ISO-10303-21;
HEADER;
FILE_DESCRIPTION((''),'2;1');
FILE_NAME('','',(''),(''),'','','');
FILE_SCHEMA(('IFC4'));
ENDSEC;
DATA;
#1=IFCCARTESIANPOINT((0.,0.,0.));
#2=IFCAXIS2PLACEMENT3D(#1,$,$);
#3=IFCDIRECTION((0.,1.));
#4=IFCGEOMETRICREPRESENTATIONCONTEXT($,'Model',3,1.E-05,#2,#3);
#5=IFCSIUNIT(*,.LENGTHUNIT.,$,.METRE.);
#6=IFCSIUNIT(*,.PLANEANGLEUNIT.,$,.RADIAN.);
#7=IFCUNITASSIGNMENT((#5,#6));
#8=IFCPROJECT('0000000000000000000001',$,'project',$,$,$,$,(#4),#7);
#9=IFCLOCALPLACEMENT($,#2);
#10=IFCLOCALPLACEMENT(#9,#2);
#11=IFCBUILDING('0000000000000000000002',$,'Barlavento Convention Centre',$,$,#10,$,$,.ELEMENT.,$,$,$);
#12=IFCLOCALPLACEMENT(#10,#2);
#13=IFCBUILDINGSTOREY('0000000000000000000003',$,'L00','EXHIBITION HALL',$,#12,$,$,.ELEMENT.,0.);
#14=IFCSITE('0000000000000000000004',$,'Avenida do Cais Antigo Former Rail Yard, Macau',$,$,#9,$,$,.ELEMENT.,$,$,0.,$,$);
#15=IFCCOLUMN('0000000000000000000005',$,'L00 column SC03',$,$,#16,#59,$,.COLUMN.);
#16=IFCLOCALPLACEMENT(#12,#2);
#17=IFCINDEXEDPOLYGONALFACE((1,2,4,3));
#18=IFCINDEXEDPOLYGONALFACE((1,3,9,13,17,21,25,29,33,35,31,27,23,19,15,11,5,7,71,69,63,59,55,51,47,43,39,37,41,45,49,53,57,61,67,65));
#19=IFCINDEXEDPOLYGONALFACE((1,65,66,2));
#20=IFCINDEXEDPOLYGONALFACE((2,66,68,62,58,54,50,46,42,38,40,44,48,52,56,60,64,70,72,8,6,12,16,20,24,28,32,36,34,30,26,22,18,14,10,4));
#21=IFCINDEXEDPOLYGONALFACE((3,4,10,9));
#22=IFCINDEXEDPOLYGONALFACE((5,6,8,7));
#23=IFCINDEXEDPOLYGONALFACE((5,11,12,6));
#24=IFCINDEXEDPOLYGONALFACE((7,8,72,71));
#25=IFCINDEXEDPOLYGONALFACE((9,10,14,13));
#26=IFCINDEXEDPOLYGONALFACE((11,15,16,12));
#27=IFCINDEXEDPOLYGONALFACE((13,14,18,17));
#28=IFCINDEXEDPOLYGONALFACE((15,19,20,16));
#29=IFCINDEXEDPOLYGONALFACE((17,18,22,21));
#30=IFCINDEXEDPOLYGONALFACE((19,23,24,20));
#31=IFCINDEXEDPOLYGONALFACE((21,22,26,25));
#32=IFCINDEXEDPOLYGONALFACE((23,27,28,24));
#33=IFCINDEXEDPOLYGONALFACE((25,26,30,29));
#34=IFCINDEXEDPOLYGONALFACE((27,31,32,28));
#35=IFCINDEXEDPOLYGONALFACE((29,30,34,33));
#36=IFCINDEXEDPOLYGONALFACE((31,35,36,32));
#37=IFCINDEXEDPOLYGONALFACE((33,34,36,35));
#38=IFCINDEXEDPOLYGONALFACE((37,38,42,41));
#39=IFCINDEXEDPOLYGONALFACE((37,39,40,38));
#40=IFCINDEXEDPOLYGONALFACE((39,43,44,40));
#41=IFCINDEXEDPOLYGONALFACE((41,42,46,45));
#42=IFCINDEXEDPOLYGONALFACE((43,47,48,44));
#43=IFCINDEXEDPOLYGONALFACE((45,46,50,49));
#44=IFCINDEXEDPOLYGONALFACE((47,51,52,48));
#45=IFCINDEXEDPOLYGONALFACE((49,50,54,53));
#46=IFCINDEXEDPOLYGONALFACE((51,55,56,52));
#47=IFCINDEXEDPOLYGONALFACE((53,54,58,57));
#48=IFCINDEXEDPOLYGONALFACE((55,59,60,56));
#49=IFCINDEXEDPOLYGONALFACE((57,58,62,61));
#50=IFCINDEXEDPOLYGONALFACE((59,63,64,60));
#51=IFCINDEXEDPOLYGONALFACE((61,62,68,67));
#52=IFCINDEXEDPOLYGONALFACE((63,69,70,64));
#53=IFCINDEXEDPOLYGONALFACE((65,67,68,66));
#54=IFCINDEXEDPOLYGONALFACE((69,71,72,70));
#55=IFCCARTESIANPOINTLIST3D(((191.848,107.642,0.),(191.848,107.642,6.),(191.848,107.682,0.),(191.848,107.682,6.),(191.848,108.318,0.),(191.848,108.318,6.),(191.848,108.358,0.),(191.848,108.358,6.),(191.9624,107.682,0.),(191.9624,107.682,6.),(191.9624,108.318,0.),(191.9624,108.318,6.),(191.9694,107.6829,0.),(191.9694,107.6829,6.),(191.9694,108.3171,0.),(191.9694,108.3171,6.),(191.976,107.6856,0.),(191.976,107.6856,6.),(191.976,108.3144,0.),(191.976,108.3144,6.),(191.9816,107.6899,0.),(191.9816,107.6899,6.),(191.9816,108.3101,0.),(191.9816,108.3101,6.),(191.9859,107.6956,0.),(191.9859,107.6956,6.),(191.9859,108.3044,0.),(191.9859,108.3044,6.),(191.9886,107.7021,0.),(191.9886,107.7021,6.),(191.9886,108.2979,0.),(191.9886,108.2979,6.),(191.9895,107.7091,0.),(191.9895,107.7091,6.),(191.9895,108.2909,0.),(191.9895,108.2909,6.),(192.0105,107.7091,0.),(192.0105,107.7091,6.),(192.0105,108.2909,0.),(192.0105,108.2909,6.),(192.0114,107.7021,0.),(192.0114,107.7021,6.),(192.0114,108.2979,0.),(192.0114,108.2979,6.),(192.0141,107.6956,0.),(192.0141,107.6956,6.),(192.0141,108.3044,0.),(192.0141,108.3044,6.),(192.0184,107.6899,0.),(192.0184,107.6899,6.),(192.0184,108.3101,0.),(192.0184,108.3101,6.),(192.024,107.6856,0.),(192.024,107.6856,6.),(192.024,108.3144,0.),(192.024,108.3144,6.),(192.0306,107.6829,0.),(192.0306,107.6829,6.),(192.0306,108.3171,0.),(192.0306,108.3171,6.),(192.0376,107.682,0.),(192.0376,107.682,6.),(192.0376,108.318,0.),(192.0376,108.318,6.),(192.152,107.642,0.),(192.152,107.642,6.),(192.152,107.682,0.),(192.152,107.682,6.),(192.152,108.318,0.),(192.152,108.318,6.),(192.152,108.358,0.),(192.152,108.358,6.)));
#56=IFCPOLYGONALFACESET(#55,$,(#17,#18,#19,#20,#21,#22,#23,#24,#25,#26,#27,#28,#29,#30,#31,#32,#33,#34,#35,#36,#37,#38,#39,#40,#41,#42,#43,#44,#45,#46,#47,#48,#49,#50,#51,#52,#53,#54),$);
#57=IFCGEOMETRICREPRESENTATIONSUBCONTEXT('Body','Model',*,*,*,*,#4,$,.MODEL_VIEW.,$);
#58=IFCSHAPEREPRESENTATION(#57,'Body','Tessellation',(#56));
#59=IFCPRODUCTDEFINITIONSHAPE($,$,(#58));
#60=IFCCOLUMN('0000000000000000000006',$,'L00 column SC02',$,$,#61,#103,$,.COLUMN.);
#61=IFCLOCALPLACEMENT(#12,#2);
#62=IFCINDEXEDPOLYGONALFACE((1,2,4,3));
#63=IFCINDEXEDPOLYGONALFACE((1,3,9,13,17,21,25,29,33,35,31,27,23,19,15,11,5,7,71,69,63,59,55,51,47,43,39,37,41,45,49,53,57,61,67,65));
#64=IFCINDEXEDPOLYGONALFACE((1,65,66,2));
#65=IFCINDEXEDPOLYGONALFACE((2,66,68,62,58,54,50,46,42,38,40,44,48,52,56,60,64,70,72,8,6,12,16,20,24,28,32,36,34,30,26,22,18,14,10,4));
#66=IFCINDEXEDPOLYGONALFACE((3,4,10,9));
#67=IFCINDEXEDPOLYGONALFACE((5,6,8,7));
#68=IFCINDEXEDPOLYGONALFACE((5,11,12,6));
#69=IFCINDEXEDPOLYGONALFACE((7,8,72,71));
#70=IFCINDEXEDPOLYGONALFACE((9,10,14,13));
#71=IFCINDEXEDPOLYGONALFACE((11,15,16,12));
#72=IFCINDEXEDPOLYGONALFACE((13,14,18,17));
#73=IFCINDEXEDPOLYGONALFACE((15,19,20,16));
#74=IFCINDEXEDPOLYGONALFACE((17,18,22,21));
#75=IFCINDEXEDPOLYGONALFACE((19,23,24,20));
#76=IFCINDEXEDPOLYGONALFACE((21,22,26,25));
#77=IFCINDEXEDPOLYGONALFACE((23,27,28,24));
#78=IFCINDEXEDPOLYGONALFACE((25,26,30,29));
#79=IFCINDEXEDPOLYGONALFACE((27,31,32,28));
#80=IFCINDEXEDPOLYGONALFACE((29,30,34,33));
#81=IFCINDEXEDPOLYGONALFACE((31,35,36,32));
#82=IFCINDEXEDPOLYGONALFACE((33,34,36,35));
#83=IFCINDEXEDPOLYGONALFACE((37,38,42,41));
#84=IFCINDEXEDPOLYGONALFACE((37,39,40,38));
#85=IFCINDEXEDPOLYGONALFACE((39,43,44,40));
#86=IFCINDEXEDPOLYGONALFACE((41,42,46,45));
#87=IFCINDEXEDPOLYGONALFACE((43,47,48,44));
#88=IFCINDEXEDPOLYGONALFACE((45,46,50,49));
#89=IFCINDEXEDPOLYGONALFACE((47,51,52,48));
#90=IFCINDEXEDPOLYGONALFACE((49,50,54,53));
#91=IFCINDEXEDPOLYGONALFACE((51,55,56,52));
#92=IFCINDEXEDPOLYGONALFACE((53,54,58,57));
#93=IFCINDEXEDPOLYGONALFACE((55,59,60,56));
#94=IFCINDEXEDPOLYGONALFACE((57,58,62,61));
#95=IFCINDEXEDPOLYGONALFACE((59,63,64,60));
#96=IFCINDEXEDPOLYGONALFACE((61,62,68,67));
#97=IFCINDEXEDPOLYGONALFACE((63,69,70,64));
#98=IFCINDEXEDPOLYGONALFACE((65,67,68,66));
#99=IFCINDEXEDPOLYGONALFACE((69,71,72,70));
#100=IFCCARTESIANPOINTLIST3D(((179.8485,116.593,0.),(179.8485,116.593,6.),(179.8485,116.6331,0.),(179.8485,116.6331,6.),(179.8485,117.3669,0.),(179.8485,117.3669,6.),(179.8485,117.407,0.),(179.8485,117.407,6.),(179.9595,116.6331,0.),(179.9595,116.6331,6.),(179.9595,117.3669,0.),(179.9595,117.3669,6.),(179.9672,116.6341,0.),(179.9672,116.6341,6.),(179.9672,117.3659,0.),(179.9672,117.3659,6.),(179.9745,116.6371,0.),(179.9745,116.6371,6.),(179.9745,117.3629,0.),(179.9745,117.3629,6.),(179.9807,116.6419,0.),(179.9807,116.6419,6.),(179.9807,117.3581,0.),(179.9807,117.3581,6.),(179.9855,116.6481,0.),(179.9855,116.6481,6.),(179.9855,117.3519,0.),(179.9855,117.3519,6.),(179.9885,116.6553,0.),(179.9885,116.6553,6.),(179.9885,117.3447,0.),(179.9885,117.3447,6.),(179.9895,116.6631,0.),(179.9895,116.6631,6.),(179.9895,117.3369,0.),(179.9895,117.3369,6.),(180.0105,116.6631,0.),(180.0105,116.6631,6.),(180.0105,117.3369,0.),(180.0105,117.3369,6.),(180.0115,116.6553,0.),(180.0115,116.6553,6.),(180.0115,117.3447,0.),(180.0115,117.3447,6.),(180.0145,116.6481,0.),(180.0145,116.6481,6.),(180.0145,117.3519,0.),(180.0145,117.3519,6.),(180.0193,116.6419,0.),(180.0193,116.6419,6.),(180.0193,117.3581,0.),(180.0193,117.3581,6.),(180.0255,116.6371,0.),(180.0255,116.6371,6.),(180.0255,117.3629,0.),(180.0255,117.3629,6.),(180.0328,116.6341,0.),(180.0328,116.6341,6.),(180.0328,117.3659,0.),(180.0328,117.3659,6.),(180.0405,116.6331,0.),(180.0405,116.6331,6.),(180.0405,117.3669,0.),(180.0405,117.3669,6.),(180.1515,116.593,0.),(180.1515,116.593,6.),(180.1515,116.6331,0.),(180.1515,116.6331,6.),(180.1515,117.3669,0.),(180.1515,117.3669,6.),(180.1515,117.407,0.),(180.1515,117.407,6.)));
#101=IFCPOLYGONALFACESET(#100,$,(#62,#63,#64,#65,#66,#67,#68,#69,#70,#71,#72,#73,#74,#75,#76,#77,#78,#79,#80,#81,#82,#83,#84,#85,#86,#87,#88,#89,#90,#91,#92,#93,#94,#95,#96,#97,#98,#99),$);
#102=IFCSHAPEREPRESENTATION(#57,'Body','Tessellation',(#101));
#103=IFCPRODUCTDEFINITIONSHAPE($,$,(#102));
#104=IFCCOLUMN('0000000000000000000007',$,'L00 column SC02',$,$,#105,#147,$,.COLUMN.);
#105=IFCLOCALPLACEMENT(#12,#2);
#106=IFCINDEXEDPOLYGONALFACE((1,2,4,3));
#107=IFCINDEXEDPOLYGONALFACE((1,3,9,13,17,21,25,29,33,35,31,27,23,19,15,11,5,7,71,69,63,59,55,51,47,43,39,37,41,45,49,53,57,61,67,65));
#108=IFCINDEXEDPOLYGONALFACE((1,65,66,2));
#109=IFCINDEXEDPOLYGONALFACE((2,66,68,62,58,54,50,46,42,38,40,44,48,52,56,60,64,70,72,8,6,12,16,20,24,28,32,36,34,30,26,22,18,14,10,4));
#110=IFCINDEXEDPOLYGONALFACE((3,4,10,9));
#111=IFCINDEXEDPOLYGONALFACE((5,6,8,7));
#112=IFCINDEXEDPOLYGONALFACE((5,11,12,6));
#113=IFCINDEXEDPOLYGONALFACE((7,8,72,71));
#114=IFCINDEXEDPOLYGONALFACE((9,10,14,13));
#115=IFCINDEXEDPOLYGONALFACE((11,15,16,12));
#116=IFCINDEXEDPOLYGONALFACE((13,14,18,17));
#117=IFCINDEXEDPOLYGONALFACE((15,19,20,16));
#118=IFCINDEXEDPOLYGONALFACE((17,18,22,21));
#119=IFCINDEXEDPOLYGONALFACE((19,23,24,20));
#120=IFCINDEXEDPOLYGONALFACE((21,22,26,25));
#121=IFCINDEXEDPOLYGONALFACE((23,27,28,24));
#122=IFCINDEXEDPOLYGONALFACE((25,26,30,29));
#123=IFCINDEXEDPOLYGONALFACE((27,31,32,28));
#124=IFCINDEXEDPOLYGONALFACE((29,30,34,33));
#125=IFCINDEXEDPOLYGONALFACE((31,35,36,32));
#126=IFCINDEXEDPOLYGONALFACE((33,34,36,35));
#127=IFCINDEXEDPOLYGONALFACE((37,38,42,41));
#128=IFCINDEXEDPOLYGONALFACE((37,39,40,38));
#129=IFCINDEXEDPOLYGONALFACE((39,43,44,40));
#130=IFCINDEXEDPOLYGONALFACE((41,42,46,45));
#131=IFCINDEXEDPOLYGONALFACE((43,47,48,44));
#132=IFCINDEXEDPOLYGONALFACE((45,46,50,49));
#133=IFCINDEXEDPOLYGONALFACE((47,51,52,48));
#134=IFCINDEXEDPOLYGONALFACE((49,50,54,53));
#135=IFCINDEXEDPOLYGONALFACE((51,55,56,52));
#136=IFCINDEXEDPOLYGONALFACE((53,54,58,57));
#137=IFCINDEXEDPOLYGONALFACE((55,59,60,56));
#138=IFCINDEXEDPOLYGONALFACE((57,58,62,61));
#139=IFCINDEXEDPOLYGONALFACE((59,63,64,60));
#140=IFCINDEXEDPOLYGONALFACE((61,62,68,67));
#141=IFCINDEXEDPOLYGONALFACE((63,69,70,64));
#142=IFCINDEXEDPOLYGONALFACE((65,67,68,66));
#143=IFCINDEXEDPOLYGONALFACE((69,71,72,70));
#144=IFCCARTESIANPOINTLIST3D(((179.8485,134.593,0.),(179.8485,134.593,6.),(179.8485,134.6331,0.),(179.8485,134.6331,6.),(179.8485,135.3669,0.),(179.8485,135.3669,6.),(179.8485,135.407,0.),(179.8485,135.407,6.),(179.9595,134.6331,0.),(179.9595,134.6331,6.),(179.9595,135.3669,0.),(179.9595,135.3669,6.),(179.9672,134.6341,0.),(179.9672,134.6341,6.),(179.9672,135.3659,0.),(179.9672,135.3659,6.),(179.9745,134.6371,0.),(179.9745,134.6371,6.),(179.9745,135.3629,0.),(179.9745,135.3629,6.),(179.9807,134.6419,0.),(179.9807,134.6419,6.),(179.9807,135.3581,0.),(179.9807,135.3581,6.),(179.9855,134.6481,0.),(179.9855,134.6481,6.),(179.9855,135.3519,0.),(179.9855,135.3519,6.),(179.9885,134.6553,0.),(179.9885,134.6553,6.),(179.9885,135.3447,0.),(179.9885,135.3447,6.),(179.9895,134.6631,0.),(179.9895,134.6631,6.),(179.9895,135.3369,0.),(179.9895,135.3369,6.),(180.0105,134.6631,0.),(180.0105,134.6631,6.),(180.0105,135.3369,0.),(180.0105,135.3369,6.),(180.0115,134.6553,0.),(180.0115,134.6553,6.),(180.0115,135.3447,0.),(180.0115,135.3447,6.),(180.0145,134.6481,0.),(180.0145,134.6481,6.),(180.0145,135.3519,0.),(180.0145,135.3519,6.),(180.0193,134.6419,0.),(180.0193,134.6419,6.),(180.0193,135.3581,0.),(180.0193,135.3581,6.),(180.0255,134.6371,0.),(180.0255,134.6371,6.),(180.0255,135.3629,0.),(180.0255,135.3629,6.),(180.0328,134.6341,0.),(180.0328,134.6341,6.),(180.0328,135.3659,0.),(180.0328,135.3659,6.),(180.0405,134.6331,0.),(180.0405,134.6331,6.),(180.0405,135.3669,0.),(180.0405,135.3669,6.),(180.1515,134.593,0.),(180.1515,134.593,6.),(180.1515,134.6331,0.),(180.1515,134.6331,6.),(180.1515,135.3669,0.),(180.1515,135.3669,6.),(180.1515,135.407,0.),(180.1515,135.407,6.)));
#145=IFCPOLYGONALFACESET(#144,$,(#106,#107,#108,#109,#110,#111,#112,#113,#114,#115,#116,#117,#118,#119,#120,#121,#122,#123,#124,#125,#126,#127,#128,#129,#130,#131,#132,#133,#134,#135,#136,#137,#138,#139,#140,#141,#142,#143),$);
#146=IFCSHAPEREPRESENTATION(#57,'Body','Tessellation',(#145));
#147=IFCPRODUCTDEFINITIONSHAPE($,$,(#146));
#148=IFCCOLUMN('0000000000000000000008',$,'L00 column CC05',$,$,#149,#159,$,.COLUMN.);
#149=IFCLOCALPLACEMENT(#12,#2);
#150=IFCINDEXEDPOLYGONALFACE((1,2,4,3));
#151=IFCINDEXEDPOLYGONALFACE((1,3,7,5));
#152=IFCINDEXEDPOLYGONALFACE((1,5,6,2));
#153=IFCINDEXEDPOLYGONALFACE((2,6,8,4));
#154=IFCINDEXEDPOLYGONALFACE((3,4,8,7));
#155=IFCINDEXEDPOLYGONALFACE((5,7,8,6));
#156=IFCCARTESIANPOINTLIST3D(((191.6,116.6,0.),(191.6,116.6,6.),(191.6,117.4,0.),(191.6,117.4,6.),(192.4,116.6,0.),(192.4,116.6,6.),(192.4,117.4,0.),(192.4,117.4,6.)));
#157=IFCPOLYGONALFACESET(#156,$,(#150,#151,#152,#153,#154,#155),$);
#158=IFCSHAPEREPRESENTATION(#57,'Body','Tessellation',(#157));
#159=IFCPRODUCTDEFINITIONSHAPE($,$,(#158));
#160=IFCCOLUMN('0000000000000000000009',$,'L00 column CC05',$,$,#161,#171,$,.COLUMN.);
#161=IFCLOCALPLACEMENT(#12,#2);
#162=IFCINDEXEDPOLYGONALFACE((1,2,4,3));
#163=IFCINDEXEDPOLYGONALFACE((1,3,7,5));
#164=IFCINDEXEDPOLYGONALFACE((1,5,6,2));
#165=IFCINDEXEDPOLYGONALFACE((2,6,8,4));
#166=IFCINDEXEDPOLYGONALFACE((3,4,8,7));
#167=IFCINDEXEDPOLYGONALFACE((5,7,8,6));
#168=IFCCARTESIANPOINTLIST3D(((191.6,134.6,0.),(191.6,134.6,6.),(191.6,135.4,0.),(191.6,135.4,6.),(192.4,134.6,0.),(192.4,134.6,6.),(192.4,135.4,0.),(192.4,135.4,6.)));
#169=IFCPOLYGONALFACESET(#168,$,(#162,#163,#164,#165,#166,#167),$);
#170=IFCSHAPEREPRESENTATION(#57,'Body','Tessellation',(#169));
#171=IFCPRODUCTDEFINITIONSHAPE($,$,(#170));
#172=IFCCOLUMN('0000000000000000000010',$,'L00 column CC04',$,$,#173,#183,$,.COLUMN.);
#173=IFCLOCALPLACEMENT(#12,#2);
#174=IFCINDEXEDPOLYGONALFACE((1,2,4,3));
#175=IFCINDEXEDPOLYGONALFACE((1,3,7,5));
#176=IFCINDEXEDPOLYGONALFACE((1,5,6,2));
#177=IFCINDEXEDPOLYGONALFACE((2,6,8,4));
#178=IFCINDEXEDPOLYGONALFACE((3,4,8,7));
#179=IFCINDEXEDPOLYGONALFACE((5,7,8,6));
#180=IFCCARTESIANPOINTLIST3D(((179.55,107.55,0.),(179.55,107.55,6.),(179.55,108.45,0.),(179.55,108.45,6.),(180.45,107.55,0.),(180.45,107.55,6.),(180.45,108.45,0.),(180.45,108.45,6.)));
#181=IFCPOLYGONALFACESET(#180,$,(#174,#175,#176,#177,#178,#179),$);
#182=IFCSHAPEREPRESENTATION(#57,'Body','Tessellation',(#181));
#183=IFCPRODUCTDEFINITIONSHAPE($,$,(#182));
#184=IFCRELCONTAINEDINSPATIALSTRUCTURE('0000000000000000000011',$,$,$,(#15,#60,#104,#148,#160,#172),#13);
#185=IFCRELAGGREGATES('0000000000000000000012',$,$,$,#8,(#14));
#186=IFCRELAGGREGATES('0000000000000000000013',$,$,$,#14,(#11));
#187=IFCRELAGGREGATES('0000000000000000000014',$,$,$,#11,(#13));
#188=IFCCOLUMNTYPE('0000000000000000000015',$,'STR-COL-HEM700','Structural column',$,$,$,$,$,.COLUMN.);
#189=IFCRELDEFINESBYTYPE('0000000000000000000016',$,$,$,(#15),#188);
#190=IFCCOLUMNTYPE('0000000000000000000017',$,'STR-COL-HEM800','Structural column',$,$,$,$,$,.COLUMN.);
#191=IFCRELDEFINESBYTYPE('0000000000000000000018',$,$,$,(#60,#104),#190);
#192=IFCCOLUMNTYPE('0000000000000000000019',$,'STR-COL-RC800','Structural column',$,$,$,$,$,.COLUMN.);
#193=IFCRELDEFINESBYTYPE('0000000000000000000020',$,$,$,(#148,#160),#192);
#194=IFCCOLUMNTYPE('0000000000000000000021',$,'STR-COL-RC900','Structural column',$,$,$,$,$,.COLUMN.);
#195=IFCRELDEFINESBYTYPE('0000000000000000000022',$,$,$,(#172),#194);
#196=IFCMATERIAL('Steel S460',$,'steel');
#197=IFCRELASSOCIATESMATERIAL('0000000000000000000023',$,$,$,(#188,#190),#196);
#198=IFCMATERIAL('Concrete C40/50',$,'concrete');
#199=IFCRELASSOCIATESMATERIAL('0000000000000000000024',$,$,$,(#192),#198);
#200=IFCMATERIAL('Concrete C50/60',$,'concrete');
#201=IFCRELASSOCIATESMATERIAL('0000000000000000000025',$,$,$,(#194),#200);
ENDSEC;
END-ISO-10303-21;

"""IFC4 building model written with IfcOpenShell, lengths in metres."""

from ifc_helpers import new_model, si_unit, direction, frame, origin, origin_2d, place, context, subcontext, project, spatial, rectangle, i_section, extrude, material, material_profile, profile_set, type_object, element, save


model = new_model("IFC4")

# Units and contexts
model_context = context("Model", 3, precision=1e-05, world=origin(), true_north=direction((0.0, 1.0)))
body_context = subcontext(model_context, "Body", "Model", "MODEL_VIEW")
ifc_project = project(units=[si_unit("LENGTHUNIT", "METRE"), si_unit("PLANEANGLEUNIT", "RADIAN")], contexts=[model_context])

# Site, building, storey
site_placement = place(None, origin())
site = spatial("IfcSite", under=ifc_project, at=site_placement, Name="Avenida do Cais Antigo Former Rail Yard, Macau", CompositionType="ELEMENT", RefElevation=0.0)
building_placement = place(site_placement, origin())
building = spatial("IfcBuilding", under=site, at=building_placement, Name="Barlavento Convention Centre", CompositionType="ELEMENT")
storey_placement = place(building_placement, origin())
storey = spatial("IfcBuildingStorey", under=building, at=storey_placement, Name="L00", Description="EXHIBITION HALL", CompositionType="ELEMENT", Elevation=0.0)

# Columns
ifc_material_1 = material(Name="Steel S460", Category="steel")
ifc_material_profile_1 = material_profile(ifc_material_1, i_section(OverallWidth=0.304, OverallDepth=0.7161, WebThickness=0.021, FlangeThickness=0.04, FilletRadius=0.0271, at=origin_2d()), Name="HEM 700")
ifc_profile_set_1 = profile_set([ifc_material_profile_1], Name="Steel S460")
column_type_1 = type_object("IfcColumnType", Name="STR-COL-HEM700", Description="Structural column", PredefinedType="COLUMN", material=ifc_profile_set_1)
column_1_placement = place(storey_placement, frame((192.0, 108.0, 0.0), z_axis=(0.0, 0.0, 1.0), x_axis=(1.0, 0.0, 0.0)))
element("IfcColumn", 1, at=column_1_placement, inside=storey, type_object=column_type_1, Name="L00 column SC03", PredefinedType="COLUMN", context=body_context, shape_type="SweptSolid", body=[
    extrude(i_section(OverallWidth=0.304, OverallDepth=0.7161, WebThickness=0.021, FlangeThickness=0.04, FilletRadius=0.0271, at=origin_2d()), origin(), (0.0, 0.0, 1.0), 6.0),
])
ifc_material_profile_2 = material_profile(ifc_material_1, i_section(OverallWidth=0.303, OverallDepth=0.814, WebThickness=0.021, FlangeThickness=0.04, FilletRadius=0.03, at=origin_2d()), Name="HEM 800")
ifc_profile_set_2 = profile_set([ifc_material_profile_2], Name="Steel S460")
column_type_2 = type_object("IfcColumnType", Name="STR-COL-HEM800", Description="Structural column", PredefinedType="COLUMN", material=ifc_profile_set_2)
for number, where, z_axis, x_axis, name in (
    (2, (180.0, 117.0, 0.0), (0.0, 0.0, 1.0), (1.0, 0.0, 0.0), "L00 column SC02"),
    (3, (180.0, 135.0, 0.0), (0.0, 0.0, 1.0), (1.0, 0.0, 0.0), "L00 column SC02"),
):
    element("IfcColumn", number, at=place(storey_placement, frame(where, z_axis=z_axis, x_axis=x_axis)), inside=storey, type_object=column_type_2, Name=name, PredefinedType="COLUMN", context=body_context, shape_type="SweptSolid", body=[
        extrude(i_section(OverallWidth=0.303, OverallDepth=0.814, WebThickness=0.021, FlangeThickness=0.04, FilletRadius=0.03, at=origin_2d()), origin(), (0.0, 0.0, 1.0), 6.0),
    ])
ifc_material_2 = material(Name="Concrete C40/50", Category="concrete")
ifc_material_profile_3 = material_profile(ifc_material_2, rectangle(XDim=0.8, YDim=0.8, at=origin_2d()), Name="RC 800x800")
ifc_profile_set_3 = profile_set([ifc_material_profile_3], Name="Concrete C40/50")
column_type_3 = type_object("IfcColumnType", Name="STR-COL-RC800", Description="Structural column", PredefinedType="COLUMN", material=ifc_profile_set_3)
for number, where, z_axis, x_axis, name in (
    (4, (192.0, 117.0, 0.0), (0.0, 0.0, 1.0), (1.0, 0.0, 0.0), "L00 column CC05"),
    (5, (192.0, 135.0, 0.0), (0.0, 0.0, 1.0), (1.0, 0.0, 0.0), "L00 column CC05"),
):
    element("IfcColumn", number, at=place(storey_placement, frame(where, z_axis=z_axis, x_axis=x_axis)), inside=storey, type_object=column_type_3, Name=name, PredefinedType="COLUMN", context=body_context, shape_type="SweptSolid", body=[
        extrude(rectangle(XDim=0.8, YDim=0.8, at=origin_2d()), origin(), (0.0, 0.0, 1.0), 6.0),
    ])
ifc_material_3 = material(Name="Concrete C50/60", Category="concrete")
ifc_material_profile_4 = material_profile(ifc_material_3, rectangle(XDim=0.8999, YDim=0.8999, at=origin_2d()), Name="RC 900x900")
ifc_profile_set_4 = profile_set([ifc_material_profile_4], Name="Concrete C50/60")
column_type_4 = type_object("IfcColumnType", Name="STR-COL-RC900", Description="Structural column", PredefinedType="COLUMN", material=ifc_profile_set_4)
column_2_placement = place(storey_placement, frame((180.0, 108.0, 0.0), z_axis=(0.0, 0.0, 1.0), x_axis=(1.0, 0.0, 0.0)))
element("IfcColumn", 6, at=column_2_placement, inside=storey, type_object=column_type_4, Name="L00 column CC04", PredefinedType="COLUMN", context=body_context, shape_type="SweptSolid", body=[
    extrude(rectangle(XDim=0.8999, YDim=0.8999, at=origin_2d()), origin(), (0.0, 0.0, 1.0), 6.0),
])

save(model, "model.ifc")
